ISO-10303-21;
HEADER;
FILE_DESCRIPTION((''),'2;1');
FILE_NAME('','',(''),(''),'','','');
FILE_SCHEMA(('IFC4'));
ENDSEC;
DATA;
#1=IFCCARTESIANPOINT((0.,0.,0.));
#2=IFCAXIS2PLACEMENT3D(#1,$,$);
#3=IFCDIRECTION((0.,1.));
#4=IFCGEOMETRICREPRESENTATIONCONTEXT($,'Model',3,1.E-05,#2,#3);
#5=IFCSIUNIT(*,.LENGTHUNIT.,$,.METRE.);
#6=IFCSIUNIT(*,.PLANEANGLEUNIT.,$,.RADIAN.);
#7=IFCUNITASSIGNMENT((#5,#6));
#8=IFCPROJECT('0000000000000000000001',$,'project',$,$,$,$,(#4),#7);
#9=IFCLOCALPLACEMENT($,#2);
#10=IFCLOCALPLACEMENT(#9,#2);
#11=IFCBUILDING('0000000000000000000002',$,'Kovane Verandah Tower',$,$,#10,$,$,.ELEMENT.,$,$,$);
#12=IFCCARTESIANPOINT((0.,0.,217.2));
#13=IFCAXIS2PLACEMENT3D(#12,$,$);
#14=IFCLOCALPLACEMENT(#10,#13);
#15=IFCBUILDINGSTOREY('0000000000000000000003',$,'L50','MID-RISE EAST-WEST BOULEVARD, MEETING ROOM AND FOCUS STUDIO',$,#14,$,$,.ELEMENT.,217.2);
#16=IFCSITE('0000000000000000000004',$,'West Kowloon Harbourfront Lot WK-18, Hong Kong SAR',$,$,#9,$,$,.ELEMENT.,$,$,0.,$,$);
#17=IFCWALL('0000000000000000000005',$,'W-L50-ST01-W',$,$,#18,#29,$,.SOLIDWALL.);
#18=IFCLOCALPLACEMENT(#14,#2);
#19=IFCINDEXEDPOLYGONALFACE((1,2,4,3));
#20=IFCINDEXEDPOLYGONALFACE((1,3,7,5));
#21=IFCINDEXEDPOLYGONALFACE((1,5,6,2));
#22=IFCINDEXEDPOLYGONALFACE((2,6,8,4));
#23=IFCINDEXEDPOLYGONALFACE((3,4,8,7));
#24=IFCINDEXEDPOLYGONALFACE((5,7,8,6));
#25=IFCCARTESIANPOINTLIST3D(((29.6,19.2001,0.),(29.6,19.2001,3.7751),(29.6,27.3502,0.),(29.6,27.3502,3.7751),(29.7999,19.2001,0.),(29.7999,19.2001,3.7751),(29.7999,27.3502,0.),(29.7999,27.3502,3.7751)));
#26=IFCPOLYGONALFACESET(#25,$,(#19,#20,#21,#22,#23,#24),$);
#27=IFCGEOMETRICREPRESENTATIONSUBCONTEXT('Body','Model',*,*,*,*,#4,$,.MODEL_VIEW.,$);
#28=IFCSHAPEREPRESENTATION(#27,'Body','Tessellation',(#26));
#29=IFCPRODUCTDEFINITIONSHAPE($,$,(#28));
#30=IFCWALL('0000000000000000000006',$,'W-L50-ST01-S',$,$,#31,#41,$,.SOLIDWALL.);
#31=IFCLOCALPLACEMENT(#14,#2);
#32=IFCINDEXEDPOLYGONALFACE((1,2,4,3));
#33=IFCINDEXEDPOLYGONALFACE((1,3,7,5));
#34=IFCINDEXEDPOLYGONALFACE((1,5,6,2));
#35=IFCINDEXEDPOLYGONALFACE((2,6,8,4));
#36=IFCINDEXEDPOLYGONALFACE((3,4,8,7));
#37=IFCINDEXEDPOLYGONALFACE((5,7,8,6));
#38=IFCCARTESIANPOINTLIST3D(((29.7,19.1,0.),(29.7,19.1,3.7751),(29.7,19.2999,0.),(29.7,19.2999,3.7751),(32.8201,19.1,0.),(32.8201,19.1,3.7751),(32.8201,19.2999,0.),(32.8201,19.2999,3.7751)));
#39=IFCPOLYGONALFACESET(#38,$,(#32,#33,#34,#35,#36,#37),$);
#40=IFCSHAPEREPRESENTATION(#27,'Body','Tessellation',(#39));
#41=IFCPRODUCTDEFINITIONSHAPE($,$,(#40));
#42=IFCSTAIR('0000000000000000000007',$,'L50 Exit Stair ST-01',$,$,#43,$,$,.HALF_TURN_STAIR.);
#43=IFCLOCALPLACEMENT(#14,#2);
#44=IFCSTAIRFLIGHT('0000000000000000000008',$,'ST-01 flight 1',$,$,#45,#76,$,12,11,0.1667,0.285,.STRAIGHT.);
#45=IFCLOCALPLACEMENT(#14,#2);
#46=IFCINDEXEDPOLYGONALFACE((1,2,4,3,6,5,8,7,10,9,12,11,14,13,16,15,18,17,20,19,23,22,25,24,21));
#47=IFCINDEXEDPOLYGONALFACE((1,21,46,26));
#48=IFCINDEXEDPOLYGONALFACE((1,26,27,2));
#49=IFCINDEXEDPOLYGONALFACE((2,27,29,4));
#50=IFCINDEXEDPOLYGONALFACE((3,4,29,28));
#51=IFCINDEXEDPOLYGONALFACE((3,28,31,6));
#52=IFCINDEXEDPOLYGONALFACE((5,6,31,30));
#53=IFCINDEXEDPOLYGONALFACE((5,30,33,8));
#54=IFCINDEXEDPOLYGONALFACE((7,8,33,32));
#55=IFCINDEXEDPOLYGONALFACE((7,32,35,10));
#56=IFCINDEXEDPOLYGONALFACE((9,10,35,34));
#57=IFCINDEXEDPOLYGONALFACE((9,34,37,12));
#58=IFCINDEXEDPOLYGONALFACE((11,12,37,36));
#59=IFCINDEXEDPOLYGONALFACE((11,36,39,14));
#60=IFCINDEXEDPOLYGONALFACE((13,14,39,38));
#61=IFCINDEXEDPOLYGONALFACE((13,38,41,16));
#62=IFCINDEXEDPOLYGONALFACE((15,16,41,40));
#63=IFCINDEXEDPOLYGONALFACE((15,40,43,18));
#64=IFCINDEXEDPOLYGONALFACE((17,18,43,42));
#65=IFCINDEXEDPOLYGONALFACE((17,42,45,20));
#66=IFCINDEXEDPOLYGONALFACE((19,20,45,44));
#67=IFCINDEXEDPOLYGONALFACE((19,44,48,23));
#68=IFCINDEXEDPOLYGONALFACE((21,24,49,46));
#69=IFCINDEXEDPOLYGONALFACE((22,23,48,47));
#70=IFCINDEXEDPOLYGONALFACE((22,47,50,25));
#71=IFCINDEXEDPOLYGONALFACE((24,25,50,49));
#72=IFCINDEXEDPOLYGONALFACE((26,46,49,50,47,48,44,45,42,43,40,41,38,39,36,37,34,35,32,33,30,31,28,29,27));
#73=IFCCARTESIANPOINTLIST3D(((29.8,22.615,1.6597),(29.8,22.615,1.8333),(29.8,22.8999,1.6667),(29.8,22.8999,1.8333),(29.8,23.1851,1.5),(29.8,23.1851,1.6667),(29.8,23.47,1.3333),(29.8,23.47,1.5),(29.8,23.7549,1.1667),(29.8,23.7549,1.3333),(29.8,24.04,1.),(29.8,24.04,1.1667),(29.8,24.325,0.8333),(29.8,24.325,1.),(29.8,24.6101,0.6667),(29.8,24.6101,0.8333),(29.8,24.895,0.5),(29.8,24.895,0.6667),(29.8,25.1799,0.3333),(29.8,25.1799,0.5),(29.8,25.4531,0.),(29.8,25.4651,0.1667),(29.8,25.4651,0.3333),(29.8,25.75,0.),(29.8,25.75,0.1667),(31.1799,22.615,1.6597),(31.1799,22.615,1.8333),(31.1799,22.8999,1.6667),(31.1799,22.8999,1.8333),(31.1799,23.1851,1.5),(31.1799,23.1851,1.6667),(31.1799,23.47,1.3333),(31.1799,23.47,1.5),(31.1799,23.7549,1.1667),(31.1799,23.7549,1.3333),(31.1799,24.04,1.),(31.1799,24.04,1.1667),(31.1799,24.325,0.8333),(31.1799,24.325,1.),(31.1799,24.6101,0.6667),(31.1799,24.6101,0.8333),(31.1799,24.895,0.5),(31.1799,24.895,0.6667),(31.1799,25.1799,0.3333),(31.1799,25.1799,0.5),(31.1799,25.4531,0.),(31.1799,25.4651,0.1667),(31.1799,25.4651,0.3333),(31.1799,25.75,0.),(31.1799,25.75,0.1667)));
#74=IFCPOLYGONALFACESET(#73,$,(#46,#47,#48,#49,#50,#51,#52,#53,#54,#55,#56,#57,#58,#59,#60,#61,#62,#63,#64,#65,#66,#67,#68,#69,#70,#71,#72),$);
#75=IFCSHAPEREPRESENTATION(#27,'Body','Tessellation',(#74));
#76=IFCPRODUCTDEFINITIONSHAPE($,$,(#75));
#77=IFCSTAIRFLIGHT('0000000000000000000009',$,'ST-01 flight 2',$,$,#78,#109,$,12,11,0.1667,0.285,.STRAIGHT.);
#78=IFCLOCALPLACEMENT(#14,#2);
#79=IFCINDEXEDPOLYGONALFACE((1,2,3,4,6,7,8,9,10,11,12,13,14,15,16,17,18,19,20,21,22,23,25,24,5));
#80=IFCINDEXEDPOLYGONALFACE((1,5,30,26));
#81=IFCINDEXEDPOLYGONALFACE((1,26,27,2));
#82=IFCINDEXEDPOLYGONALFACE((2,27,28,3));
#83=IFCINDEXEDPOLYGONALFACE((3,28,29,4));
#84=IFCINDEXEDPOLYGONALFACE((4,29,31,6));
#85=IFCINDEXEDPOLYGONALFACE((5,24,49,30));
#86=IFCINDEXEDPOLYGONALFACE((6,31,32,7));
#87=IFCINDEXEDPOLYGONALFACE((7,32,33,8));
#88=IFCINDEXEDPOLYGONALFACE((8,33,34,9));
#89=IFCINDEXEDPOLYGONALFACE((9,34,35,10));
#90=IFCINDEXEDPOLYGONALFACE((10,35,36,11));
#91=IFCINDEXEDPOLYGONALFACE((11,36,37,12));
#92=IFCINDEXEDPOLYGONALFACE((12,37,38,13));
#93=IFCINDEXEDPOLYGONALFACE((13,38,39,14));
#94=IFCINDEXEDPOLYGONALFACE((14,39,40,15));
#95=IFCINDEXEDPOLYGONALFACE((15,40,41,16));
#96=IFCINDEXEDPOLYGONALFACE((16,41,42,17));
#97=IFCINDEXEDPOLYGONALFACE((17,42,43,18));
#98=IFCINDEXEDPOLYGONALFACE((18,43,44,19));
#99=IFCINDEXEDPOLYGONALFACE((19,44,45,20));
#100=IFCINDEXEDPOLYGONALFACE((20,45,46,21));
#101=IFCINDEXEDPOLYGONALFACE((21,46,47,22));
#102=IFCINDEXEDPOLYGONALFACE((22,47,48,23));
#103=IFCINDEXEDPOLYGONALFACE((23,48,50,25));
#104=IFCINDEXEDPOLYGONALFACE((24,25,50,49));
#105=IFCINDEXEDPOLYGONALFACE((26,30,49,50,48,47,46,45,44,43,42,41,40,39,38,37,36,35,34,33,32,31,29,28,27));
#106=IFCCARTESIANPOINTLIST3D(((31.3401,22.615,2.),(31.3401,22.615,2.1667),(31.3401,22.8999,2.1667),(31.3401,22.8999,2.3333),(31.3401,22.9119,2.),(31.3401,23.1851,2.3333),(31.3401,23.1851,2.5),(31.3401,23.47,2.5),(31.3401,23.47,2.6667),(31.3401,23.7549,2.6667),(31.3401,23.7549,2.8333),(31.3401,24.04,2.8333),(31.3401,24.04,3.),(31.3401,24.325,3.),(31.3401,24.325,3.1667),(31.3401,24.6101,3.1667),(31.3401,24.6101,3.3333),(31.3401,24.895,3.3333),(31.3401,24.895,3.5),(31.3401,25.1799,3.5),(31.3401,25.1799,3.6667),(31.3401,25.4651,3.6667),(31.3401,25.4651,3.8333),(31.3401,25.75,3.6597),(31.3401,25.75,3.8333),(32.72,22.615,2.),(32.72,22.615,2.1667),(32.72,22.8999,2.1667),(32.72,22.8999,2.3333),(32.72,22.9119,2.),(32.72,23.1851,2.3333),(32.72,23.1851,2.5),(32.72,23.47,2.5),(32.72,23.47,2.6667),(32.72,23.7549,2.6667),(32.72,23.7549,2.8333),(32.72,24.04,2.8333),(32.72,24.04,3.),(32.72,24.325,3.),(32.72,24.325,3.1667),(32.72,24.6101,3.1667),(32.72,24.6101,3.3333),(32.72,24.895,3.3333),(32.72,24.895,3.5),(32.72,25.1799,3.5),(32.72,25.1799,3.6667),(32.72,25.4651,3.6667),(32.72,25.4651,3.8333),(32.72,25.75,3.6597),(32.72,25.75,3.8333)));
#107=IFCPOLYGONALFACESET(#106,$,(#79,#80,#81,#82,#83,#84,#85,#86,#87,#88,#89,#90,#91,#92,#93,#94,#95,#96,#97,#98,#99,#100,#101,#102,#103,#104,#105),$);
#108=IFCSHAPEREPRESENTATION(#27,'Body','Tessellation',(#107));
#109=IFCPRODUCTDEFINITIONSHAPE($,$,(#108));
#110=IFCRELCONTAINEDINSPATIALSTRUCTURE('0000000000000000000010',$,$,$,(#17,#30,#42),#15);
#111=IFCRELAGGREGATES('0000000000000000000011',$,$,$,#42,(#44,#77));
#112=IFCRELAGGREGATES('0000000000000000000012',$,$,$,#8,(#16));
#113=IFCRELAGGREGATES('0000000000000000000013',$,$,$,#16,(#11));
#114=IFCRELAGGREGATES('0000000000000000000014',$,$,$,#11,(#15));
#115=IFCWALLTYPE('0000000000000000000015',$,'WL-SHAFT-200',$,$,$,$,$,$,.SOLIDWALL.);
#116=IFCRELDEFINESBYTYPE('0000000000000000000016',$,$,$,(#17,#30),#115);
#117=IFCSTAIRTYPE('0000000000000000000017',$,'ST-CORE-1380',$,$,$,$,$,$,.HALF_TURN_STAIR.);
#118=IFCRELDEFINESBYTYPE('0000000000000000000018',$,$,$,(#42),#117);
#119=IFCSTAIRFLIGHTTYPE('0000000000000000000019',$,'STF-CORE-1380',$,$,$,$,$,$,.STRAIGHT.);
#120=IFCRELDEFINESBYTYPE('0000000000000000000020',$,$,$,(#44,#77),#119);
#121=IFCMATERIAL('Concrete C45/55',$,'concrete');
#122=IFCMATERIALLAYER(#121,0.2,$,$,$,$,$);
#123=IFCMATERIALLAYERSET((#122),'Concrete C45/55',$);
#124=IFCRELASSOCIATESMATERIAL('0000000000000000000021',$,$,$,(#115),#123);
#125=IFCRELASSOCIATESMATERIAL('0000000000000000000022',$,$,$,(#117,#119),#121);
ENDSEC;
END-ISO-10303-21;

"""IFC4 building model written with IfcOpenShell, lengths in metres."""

from ifc_helpers import new_model, si_unit, direction, frame, frame_2d, origin, place, context, subcontext, project, spatial, polyline, rectangle, outline, extrude, material, layer, layer_set, type_object, element, aggregate, save


model = new_model("IFC4")

# Units and contexts
model_context = context("Model", 3, precision=1e-05, world=origin(), true_north=direction((0.0, 1.0)))
body_context = subcontext(model_context, "Body", "Model", "MODEL_VIEW")
ifc_project = project(units=[si_unit("LENGTHUNIT", "METRE"), si_unit("PLANEANGLEUNIT", "RADIAN")], contexts=[model_context])

# Site, building, storey
site_placement = place(None, origin())
site = spatial("IfcSite", under=ifc_project, at=site_placement, Name="West Kowloon Harbourfront Lot WK-18, Hong Kong SAR", CompositionType="ELEMENT", RefElevation=0.0)
building_placement = place(site_placement, origin())
building = spatial("IfcBuilding", under=site, at=building_placement, Name="Kovane Verandah Tower", CompositionType="ELEMENT")
storey_placement = place(building_placement, frame((0.0, 0.0, 217.2)))
storey = spatial("IfcBuildingStorey", under=building, at=storey_placement, Name="L50", Description="MID-RISE EAST-WEST BOULEVARD, MEETING ROOM AND FOCUS STUDIO", CompositionType="ELEMENT", Elevation=217.2)

# Walls
ifc_material_1 = material(Name="Concrete C45/55", Category="concrete")
ifc_layer_1 = layer(ifc_material_1, 0.2)
ifc_layer_set_1 = layer_set([ifc_layer_1], Name="Concrete C45/55")
wall_type_1 = type_object("IfcWallType", Name="WL-SHAFT-200", PredefinedType="SOLIDWALL", material=ifc_layer_set_1)
wall_1_placement = place(storey_placement, frame((29.7, 19.2, 0.0), z_axis=(0.0, 0.0, 1.0), x_axis=(0.0, 1.0, 0.0)))
element("IfcWall", 1, at=wall_1_placement, inside=storey, type_object=wall_type_1, Name="W-L50-ST01-W", PredefinedType="SOLIDWALL", context=body_context, shape_type="SweptSolid", body=[
    extrude(rectangle(XDim=8.1501, YDim=0.2, at=frame_2d((4.0752, 0.0))), origin(), (0.0, 0.0, 1.0), 3.7751),
])
wall_2_placement = place(storey_placement, frame((29.7, 19.2, 0.0), z_axis=(0.0, 0.0, 1.0), x_axis=(1.0, 0.0, 0.0)))
element("IfcWall", 2, at=wall_2_placement, inside=storey, type_object=wall_type_1, Name="W-L50-ST01-S", PredefinedType="SOLIDWALL", context=body_context, shape_type="SweptSolid", body=[
    extrude(rectangle(XDim=3.1201, YDim=0.2, at=frame_2d((1.5601, 0.0))), origin(), (0.0, 0.0, 1.0), 3.7751),
])

# Stair, stair flights
stair_type = type_object("IfcStairType", Name="ST-CORE-1380", PredefinedType="HALF_TURN_STAIR", material=ifc_material_1)
stair_placement = place(storey_placement, origin())
stair = element("IfcStair", 3, at=stair_placement, inside=storey, type_object=stair_type, Name="L50 Exit Stair ST-01", PredefinedType="HALF_TURN_STAIR")
stair_flight_type = type_object("IfcStairFlightType", Name="STF-CORE-1380", PredefinedType="STRAIGHT", material=ifc_material_1)
stair_flight_1_placement = place(storey_placement, frame((30.49, 25.75, 0.0), z_axis=(0.0, 0.0, 1.0), x_axis=(0.0, -1.0, 0.0)))
stair_flight_1 = element("IfcStairFlight", 4, at=stair_flight_1_placement, type_object=stair_flight_type, Name="ST-01 flight 1", NumberOfRisers=12, NumberOfTreads=11, PredefinedType="STRAIGHT", RiserHeight=0.1667, TreadLength=0.285, context=body_context, shape_type="SweptSolid", body=[
    extrude(outline(polyline([(0.0, 0.0), (0.0, 0.1667), (0.2849, 0.1667), (0.2849, 0.3333), (0.5701, 0.3333), (0.5701, 0.5), (0.855, 0.5), (0.855, 0.6667), (1.1399, 0.6667), (1.1399, 0.8333), (1.425, 0.8333), (1.425, 1.0), (1.71, 1.0), (1.71, 1.1667), (1.9951, 1.1667), (1.9951, 1.3333), (2.28, 1.3333), (2.28, 1.5), (2.5649, 1.5), (2.5649, 1.6667), (2.8501, 1.6667), (2.8501, 1.8333), (3.135, 1.8333), (3.135, 2.0), (3.135, 1.6597), (0.2969, 0.0), (0.0, 0.0)])), frame((0.0, 0.6899, 0.0), z_axis=(0.0, -1.0, 0.0), x_axis=(1.0, 0.0, 0.0)), (0.0, 0.0, 1.0), 1.3799),
])
stair_flight_2_placement = place(storey_placement, frame((32.03, 22.615, 2.0), z_axis=(0.0, 0.0, 1.0), x_axis=(0.0, 1.0, 0.0)))
stair_flight_2 = element("IfcStairFlight", 5, at=stair_flight_2_placement, type_object=stair_flight_type, Name="ST-01 flight 2", NumberOfRisers=12, NumberOfTreads=11, PredefinedType="STRAIGHT", RiserHeight=0.1667, TreadLength=0.285, context=body_context, shape_type="SweptSolid", body=[
    extrude(outline(polyline([(0.0, 0.0), (0.0, 0.1667), (0.2849, 0.1667), (0.2849, 0.3333), (0.5701, 0.3333), (0.5701, 0.5), (0.855, 0.5), (0.855, 0.6667), (1.1399, 0.6667), (1.1399, 0.8333), (1.425, 0.8333), (1.425, 1.0), (1.71, 1.0), (1.71, 1.1667), (1.9951, 1.1667), (1.9951, 1.3333), (2.28, 1.3333), (2.28, 1.5), (2.5649, 1.5), (2.5649, 1.6667), (2.8501, 1.6667), (2.8501, 1.8333), (3.135, 1.8333), (3.135, 2.0), (3.135, 1.6597), (0.2969, 0.0), (0.0, 0.0)])), frame((0.0, 0.6899, 0.0), z_axis=(0.0, -1.0, 0.0), x_axis=(1.0, 0.0, 0.0)), (0.0, 0.0, 1.0), 1.3799),
])
aggregate(stair, [stair_flight_1, stair_flight_2])

save(model, "model.ifc")
